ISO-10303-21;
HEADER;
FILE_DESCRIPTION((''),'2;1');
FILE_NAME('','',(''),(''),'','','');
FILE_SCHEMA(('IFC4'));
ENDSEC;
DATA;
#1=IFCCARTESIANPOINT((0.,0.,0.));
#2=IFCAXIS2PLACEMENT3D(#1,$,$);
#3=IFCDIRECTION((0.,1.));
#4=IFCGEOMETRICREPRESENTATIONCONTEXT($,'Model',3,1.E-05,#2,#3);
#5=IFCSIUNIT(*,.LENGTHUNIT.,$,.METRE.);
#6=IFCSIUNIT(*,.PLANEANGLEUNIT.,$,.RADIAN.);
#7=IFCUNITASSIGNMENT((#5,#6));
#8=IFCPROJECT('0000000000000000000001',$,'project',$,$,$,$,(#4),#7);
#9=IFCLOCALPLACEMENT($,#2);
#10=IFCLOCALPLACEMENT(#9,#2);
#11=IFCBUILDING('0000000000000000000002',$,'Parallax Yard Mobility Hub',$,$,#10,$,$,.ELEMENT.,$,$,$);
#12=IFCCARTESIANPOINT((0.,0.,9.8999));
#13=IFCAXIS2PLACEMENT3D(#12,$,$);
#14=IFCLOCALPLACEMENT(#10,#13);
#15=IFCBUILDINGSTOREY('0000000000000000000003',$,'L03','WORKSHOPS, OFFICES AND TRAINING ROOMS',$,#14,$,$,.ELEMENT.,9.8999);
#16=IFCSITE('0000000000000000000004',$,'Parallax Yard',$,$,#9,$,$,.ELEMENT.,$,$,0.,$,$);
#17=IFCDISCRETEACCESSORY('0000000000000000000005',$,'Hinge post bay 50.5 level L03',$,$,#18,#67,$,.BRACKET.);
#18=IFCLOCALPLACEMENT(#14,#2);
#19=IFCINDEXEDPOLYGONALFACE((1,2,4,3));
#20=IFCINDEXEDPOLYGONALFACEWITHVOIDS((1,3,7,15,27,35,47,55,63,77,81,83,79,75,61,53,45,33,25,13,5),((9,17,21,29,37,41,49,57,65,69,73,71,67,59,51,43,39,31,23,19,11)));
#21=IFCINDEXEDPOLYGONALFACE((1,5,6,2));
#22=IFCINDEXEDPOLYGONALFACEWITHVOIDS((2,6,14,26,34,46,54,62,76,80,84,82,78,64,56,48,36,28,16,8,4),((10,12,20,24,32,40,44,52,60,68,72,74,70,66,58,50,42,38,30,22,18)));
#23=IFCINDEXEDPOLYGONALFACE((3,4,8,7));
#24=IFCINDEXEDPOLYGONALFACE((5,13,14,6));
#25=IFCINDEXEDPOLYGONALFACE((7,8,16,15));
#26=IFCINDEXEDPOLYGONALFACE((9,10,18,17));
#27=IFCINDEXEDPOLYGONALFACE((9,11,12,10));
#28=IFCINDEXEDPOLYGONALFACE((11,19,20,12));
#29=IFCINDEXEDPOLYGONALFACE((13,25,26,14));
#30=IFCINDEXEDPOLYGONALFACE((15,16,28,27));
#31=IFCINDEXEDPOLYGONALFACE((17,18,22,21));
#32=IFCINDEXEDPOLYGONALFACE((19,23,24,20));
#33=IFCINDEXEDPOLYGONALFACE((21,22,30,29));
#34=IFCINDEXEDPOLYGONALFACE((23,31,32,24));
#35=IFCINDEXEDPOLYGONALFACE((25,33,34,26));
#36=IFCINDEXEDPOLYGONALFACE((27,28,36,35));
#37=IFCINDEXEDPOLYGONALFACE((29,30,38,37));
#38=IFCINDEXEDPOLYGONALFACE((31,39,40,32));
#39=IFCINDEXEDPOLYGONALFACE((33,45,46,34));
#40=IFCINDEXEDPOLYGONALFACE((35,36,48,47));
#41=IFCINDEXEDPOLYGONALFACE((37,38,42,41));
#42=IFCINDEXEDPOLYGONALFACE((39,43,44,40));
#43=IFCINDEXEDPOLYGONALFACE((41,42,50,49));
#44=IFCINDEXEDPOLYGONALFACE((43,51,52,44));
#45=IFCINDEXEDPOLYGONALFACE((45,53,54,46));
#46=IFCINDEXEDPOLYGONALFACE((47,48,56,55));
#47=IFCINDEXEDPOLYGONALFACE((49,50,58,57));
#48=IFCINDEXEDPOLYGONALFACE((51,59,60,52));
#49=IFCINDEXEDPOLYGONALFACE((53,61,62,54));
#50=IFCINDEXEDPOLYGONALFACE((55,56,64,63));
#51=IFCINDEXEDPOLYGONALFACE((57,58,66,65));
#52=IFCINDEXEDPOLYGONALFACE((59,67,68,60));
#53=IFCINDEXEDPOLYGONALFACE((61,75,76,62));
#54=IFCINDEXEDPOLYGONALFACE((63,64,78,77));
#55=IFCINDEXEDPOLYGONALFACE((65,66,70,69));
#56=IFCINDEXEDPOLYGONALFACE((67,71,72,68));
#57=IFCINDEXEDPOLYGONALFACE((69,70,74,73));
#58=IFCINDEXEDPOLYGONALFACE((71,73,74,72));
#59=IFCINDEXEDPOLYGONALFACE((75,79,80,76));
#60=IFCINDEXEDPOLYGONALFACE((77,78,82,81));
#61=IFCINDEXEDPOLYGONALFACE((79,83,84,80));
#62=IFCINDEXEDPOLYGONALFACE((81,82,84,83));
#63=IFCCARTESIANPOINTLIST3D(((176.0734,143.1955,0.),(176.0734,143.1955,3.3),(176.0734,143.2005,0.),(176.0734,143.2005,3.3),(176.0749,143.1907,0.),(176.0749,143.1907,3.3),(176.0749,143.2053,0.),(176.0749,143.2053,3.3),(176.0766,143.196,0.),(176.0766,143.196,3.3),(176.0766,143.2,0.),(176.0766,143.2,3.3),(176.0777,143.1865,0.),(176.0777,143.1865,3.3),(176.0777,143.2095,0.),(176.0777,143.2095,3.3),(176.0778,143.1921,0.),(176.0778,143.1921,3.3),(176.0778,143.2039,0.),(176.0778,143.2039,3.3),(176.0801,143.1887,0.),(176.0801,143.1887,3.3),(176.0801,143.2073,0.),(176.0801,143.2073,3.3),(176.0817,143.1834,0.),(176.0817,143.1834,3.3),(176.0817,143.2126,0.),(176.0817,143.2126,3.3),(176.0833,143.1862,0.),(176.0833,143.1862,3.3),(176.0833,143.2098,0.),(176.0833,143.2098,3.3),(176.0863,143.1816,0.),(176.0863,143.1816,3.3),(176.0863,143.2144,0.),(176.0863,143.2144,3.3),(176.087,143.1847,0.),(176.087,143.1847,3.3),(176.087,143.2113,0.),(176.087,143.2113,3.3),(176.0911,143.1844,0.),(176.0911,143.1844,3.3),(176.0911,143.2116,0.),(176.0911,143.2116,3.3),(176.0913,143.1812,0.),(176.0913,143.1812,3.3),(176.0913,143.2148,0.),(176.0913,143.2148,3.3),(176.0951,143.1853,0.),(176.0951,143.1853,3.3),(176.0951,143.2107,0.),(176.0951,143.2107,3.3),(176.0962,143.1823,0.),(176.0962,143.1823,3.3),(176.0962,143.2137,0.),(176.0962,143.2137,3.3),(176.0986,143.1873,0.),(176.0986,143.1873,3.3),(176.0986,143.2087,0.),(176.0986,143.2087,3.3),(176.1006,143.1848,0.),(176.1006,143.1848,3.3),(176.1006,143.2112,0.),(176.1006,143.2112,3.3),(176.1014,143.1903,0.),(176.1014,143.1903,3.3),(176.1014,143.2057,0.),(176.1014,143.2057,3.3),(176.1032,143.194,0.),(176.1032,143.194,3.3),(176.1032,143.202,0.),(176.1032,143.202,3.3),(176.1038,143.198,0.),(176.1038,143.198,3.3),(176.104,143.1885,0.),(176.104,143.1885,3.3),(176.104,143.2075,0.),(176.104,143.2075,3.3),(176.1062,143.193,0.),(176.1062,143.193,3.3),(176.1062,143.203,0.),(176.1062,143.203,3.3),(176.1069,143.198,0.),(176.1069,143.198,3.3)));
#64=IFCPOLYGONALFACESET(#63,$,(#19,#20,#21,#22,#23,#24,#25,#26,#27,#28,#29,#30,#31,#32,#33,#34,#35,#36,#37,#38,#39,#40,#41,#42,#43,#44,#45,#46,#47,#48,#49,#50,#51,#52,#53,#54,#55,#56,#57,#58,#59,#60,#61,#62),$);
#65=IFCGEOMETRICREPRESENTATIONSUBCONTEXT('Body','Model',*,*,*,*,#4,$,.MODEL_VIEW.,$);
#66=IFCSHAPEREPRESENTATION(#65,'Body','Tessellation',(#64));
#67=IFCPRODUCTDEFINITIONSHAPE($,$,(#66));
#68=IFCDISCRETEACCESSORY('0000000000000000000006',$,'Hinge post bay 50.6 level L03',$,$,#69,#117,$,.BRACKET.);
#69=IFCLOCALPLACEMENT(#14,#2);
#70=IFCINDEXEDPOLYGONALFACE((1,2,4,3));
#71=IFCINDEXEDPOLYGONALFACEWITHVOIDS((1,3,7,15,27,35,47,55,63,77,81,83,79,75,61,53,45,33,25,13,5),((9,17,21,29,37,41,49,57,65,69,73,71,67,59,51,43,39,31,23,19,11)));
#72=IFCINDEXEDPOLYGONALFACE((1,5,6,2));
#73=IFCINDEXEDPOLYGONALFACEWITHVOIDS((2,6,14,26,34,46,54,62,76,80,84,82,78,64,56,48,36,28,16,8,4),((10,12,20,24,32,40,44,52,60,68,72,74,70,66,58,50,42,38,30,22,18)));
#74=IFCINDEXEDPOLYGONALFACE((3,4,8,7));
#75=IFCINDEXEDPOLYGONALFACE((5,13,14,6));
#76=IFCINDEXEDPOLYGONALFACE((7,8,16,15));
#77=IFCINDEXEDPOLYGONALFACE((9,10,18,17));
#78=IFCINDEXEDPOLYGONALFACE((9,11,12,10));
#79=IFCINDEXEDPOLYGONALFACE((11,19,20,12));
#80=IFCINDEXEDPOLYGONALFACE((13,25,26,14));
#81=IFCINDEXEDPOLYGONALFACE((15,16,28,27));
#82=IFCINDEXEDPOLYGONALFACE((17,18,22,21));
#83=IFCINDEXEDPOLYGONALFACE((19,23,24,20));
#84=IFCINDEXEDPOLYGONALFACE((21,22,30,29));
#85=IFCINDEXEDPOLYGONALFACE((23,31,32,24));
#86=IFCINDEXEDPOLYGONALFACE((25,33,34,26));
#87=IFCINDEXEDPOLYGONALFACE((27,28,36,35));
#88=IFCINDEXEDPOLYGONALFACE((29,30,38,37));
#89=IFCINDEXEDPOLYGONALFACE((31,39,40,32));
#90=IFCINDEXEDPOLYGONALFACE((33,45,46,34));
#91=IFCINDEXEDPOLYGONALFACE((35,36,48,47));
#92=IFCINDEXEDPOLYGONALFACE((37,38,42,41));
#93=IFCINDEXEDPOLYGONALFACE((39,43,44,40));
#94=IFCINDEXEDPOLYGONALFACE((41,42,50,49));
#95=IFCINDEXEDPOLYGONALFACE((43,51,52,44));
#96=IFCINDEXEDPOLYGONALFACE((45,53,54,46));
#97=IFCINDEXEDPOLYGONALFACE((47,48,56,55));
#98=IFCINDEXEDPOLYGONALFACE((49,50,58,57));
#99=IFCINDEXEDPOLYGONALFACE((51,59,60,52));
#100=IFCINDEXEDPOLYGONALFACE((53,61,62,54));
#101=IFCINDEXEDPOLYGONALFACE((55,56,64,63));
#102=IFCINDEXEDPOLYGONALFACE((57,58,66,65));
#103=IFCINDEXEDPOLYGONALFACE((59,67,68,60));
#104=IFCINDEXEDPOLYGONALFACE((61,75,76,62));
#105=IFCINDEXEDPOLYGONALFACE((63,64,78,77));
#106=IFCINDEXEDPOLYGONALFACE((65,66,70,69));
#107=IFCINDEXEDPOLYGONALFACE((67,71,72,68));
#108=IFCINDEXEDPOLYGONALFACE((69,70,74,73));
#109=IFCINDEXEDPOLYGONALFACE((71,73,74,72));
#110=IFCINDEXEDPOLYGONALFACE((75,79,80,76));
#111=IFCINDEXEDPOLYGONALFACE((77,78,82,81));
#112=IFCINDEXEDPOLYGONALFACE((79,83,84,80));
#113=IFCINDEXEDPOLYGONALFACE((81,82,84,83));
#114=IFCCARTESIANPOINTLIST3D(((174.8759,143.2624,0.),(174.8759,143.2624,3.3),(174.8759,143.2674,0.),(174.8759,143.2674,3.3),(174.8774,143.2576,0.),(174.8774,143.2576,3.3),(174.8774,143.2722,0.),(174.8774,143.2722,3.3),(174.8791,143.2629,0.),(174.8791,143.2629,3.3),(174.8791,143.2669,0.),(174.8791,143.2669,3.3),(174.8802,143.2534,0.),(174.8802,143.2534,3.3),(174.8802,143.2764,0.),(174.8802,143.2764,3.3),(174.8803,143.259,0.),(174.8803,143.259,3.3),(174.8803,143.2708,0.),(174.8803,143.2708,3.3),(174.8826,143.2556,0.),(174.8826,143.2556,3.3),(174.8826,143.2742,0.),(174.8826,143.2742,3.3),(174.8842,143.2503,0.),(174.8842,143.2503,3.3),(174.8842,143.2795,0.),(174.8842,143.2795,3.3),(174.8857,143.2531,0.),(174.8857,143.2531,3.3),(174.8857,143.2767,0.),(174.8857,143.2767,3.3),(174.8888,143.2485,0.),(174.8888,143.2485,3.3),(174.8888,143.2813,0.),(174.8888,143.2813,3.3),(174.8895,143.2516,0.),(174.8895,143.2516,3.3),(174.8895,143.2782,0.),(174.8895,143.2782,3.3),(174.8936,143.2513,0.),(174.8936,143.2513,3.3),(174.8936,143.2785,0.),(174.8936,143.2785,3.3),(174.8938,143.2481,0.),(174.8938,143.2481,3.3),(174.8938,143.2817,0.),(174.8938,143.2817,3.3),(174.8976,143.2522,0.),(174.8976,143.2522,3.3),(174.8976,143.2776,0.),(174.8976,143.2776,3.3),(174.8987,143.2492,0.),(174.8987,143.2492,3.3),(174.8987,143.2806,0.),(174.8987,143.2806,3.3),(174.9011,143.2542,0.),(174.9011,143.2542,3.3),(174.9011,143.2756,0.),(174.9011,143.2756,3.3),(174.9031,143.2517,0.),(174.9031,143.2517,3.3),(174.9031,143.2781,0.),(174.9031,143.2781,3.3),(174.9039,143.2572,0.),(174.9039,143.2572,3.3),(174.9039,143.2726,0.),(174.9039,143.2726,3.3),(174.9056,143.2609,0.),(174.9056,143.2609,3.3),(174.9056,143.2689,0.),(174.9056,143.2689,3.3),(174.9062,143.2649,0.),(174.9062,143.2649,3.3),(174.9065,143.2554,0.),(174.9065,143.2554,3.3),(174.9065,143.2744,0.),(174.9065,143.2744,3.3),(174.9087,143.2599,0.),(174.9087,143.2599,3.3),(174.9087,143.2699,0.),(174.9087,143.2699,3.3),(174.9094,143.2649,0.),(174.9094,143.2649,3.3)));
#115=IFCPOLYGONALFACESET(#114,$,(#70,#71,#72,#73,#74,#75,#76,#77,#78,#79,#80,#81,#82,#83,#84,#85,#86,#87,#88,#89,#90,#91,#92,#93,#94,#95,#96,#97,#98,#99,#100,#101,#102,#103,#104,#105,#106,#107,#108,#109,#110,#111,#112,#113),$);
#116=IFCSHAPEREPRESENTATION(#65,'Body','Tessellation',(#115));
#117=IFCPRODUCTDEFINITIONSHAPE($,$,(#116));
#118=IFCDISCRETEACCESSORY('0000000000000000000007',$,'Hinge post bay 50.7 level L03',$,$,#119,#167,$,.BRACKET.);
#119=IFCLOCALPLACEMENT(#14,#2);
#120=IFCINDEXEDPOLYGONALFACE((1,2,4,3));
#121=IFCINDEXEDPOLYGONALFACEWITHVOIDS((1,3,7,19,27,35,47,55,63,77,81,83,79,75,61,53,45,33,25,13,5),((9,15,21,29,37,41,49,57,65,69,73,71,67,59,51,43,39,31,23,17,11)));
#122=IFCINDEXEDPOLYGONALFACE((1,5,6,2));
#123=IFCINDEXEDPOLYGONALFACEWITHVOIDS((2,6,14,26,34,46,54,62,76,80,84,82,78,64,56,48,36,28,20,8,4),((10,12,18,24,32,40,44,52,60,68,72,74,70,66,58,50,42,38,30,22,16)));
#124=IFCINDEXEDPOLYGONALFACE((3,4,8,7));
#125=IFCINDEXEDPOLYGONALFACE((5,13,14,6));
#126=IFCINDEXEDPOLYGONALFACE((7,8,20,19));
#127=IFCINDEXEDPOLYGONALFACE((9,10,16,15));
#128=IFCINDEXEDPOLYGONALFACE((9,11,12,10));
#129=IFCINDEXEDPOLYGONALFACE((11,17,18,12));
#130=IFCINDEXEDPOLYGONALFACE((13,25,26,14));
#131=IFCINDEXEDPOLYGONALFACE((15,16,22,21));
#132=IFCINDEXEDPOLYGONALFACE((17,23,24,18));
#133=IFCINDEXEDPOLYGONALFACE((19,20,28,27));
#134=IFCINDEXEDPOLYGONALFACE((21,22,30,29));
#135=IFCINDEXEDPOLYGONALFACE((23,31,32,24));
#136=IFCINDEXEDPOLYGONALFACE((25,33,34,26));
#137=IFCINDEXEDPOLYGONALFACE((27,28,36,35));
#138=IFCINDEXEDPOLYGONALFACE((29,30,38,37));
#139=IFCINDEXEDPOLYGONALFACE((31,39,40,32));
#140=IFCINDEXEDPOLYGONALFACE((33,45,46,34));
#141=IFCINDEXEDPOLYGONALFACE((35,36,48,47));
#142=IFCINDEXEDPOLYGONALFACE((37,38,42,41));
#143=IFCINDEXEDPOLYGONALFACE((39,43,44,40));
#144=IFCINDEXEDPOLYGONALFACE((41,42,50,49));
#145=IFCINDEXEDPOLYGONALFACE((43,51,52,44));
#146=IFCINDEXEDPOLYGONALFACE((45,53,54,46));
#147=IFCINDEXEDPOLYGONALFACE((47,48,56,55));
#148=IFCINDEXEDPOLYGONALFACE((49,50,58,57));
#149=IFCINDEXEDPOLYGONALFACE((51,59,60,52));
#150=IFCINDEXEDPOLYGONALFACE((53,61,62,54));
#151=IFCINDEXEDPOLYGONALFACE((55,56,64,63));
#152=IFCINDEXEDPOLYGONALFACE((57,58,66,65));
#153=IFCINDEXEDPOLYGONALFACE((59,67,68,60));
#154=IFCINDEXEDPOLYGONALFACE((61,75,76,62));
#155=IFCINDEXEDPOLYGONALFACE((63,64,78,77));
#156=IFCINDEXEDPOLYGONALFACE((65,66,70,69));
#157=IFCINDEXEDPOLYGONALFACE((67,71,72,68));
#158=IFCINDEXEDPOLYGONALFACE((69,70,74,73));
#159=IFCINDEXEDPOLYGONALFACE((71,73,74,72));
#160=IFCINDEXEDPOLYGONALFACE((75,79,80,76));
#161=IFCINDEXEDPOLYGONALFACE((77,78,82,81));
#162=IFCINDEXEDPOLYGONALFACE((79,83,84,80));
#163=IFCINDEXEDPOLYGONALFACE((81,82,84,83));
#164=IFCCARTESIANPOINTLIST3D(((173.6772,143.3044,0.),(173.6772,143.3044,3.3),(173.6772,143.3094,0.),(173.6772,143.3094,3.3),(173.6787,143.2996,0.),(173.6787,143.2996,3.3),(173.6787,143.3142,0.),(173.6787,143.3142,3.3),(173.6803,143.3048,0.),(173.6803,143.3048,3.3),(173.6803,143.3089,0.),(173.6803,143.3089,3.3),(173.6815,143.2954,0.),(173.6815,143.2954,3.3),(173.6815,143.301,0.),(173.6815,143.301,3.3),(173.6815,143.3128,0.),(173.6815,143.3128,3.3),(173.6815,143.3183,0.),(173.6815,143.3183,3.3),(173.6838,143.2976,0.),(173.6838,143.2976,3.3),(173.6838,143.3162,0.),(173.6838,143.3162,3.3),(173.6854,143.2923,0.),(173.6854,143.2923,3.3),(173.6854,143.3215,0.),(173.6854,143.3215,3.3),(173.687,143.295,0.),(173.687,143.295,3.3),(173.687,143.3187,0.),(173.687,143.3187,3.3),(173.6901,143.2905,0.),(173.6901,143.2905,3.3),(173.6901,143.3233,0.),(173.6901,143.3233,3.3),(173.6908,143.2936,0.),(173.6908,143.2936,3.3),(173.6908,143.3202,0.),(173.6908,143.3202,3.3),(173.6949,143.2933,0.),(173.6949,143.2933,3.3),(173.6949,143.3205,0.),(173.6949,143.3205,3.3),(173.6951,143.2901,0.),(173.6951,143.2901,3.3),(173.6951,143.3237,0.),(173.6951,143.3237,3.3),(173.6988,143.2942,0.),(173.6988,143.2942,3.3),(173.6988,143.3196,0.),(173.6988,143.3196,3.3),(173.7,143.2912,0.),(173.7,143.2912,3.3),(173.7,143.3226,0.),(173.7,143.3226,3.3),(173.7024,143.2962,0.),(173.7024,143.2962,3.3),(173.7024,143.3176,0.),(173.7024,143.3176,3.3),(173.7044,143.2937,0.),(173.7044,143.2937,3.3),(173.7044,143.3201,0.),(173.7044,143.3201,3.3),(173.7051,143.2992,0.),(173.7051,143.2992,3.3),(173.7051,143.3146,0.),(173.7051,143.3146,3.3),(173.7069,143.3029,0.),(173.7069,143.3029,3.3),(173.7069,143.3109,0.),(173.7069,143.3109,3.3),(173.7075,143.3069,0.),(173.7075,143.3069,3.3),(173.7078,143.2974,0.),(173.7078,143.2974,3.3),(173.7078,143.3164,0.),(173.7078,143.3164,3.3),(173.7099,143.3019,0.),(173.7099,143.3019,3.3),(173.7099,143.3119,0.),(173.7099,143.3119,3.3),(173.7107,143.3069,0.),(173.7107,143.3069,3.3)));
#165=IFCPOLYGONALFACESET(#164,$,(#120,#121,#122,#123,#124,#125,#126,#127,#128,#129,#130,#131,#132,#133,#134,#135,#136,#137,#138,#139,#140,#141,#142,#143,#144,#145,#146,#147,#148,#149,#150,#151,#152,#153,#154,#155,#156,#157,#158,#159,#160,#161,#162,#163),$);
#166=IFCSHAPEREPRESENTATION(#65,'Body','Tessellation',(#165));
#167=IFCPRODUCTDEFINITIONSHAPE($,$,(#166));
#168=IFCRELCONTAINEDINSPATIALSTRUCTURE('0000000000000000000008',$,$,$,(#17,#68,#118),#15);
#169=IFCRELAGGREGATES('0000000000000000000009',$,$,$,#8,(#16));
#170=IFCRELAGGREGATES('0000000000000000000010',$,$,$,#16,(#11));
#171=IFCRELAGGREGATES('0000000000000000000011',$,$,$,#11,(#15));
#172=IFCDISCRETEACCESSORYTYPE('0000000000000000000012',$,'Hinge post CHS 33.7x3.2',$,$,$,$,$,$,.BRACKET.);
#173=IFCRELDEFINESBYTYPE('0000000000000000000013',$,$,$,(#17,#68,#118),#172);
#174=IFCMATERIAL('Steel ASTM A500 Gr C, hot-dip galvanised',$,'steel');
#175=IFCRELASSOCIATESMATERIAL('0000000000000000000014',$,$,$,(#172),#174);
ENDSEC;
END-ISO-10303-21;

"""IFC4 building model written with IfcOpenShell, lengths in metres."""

from ifc_helpers import new_model, si_unit, direction, frame, origin, origin_2d, place, context, subcontext, project, spatial, hollow_circle, extrude, material, material_profile, profile_set, type_object, element, save


model = new_model("IFC4")

# Units and contexts
model_context = context("Model", 3, precision=1e-05, world=origin(), true_north=direction((0.0, 1.0)))
body_context = subcontext(model_context, "Body", "Model", "MODEL_VIEW")
ifc_project = project(units=[si_unit("LENGTHUNIT", "METRE"), si_unit("PLANEANGLEUNIT", "RADIAN")], contexts=[model_context])

# Site, building, storey
site_placement = place(None, origin())
site = spatial("IfcSite", under=ifc_project, at=site_placement, Name="Parallax Yard", CompositionType="ELEMENT", RefElevation=0.0)
building_placement = place(site_placement, origin())
building = spatial("IfcBuilding", under=site, at=building_placement, Name="Parallax Yard Mobility Hub", CompositionType="ELEMENT")
storey_placement = place(building_placement, frame((0.0, 0.0, 9.8999)))
storey = spatial("IfcBuildingStorey", under=building, at=storey_placement, Name="L03", Description="WORKSHOPS, OFFICES AND TRAINING ROOMS", CompositionType="ELEMENT", Elevation=9.8999)

# Discrete accessories
ifc_material_1 = material(Name="Steel ASTM A500 Gr C, hot-dip galvanised", Category="steel")
ifc_material_profile_1 = material_profile(ifc_material_1, hollow_circle(Radius=0.0168, WallThickness=0.0032, at=origin_2d()), Name="CHS 33.7x3.2")
ifc_profile_set_1 = profile_set([ifc_material_profile_1], Name="Steel ASTM A500 Gr C, hot-dip galvanised")
discrete_accessory_type_1 = type_object("IfcDiscreteAccessoryType", Name="Hinge post CHS 33.7x3.2", PredefinedType="BRACKET", material=ifc_profile_set_1)
for number, where, z_axis, x_axis, name in (
    (1, (176.0901, 143.198, 0.0), (0.0, 0.0, 1.0), (1.0, 0.0, 0.0), "Hinge post bay 50.5 level L03"),
    (2, (174.8926, 143.2649, 0.0), (0.0, 0.0, 1.0), (1.0, 0.0, 0.0), "Hinge post bay 50.6 level L03"),
    (3, (173.6938, 143.3069, 0.0), (0.0, 0.0, 1.0), (1.0, 0.0, 0.0), "Hinge post bay 50.7 level L03"),
):
    element("IfcDiscreteAccessory", number, at=place(storey_placement, frame(where, z_axis=z_axis, x_axis=x_axis)), inside=storey, type_object=discrete_accessory_type_1, Name=name, PredefinedType="BRACKET", context=body_context, shape_type="SweptSolid", body=[
        extrude(hollow_circle(Radius=0.0168, WallThickness=0.0032, at=origin_2d()), origin(), (0.0, 0.0, 1.0), 3.3),
    ])

save(model, "model.ifc")
